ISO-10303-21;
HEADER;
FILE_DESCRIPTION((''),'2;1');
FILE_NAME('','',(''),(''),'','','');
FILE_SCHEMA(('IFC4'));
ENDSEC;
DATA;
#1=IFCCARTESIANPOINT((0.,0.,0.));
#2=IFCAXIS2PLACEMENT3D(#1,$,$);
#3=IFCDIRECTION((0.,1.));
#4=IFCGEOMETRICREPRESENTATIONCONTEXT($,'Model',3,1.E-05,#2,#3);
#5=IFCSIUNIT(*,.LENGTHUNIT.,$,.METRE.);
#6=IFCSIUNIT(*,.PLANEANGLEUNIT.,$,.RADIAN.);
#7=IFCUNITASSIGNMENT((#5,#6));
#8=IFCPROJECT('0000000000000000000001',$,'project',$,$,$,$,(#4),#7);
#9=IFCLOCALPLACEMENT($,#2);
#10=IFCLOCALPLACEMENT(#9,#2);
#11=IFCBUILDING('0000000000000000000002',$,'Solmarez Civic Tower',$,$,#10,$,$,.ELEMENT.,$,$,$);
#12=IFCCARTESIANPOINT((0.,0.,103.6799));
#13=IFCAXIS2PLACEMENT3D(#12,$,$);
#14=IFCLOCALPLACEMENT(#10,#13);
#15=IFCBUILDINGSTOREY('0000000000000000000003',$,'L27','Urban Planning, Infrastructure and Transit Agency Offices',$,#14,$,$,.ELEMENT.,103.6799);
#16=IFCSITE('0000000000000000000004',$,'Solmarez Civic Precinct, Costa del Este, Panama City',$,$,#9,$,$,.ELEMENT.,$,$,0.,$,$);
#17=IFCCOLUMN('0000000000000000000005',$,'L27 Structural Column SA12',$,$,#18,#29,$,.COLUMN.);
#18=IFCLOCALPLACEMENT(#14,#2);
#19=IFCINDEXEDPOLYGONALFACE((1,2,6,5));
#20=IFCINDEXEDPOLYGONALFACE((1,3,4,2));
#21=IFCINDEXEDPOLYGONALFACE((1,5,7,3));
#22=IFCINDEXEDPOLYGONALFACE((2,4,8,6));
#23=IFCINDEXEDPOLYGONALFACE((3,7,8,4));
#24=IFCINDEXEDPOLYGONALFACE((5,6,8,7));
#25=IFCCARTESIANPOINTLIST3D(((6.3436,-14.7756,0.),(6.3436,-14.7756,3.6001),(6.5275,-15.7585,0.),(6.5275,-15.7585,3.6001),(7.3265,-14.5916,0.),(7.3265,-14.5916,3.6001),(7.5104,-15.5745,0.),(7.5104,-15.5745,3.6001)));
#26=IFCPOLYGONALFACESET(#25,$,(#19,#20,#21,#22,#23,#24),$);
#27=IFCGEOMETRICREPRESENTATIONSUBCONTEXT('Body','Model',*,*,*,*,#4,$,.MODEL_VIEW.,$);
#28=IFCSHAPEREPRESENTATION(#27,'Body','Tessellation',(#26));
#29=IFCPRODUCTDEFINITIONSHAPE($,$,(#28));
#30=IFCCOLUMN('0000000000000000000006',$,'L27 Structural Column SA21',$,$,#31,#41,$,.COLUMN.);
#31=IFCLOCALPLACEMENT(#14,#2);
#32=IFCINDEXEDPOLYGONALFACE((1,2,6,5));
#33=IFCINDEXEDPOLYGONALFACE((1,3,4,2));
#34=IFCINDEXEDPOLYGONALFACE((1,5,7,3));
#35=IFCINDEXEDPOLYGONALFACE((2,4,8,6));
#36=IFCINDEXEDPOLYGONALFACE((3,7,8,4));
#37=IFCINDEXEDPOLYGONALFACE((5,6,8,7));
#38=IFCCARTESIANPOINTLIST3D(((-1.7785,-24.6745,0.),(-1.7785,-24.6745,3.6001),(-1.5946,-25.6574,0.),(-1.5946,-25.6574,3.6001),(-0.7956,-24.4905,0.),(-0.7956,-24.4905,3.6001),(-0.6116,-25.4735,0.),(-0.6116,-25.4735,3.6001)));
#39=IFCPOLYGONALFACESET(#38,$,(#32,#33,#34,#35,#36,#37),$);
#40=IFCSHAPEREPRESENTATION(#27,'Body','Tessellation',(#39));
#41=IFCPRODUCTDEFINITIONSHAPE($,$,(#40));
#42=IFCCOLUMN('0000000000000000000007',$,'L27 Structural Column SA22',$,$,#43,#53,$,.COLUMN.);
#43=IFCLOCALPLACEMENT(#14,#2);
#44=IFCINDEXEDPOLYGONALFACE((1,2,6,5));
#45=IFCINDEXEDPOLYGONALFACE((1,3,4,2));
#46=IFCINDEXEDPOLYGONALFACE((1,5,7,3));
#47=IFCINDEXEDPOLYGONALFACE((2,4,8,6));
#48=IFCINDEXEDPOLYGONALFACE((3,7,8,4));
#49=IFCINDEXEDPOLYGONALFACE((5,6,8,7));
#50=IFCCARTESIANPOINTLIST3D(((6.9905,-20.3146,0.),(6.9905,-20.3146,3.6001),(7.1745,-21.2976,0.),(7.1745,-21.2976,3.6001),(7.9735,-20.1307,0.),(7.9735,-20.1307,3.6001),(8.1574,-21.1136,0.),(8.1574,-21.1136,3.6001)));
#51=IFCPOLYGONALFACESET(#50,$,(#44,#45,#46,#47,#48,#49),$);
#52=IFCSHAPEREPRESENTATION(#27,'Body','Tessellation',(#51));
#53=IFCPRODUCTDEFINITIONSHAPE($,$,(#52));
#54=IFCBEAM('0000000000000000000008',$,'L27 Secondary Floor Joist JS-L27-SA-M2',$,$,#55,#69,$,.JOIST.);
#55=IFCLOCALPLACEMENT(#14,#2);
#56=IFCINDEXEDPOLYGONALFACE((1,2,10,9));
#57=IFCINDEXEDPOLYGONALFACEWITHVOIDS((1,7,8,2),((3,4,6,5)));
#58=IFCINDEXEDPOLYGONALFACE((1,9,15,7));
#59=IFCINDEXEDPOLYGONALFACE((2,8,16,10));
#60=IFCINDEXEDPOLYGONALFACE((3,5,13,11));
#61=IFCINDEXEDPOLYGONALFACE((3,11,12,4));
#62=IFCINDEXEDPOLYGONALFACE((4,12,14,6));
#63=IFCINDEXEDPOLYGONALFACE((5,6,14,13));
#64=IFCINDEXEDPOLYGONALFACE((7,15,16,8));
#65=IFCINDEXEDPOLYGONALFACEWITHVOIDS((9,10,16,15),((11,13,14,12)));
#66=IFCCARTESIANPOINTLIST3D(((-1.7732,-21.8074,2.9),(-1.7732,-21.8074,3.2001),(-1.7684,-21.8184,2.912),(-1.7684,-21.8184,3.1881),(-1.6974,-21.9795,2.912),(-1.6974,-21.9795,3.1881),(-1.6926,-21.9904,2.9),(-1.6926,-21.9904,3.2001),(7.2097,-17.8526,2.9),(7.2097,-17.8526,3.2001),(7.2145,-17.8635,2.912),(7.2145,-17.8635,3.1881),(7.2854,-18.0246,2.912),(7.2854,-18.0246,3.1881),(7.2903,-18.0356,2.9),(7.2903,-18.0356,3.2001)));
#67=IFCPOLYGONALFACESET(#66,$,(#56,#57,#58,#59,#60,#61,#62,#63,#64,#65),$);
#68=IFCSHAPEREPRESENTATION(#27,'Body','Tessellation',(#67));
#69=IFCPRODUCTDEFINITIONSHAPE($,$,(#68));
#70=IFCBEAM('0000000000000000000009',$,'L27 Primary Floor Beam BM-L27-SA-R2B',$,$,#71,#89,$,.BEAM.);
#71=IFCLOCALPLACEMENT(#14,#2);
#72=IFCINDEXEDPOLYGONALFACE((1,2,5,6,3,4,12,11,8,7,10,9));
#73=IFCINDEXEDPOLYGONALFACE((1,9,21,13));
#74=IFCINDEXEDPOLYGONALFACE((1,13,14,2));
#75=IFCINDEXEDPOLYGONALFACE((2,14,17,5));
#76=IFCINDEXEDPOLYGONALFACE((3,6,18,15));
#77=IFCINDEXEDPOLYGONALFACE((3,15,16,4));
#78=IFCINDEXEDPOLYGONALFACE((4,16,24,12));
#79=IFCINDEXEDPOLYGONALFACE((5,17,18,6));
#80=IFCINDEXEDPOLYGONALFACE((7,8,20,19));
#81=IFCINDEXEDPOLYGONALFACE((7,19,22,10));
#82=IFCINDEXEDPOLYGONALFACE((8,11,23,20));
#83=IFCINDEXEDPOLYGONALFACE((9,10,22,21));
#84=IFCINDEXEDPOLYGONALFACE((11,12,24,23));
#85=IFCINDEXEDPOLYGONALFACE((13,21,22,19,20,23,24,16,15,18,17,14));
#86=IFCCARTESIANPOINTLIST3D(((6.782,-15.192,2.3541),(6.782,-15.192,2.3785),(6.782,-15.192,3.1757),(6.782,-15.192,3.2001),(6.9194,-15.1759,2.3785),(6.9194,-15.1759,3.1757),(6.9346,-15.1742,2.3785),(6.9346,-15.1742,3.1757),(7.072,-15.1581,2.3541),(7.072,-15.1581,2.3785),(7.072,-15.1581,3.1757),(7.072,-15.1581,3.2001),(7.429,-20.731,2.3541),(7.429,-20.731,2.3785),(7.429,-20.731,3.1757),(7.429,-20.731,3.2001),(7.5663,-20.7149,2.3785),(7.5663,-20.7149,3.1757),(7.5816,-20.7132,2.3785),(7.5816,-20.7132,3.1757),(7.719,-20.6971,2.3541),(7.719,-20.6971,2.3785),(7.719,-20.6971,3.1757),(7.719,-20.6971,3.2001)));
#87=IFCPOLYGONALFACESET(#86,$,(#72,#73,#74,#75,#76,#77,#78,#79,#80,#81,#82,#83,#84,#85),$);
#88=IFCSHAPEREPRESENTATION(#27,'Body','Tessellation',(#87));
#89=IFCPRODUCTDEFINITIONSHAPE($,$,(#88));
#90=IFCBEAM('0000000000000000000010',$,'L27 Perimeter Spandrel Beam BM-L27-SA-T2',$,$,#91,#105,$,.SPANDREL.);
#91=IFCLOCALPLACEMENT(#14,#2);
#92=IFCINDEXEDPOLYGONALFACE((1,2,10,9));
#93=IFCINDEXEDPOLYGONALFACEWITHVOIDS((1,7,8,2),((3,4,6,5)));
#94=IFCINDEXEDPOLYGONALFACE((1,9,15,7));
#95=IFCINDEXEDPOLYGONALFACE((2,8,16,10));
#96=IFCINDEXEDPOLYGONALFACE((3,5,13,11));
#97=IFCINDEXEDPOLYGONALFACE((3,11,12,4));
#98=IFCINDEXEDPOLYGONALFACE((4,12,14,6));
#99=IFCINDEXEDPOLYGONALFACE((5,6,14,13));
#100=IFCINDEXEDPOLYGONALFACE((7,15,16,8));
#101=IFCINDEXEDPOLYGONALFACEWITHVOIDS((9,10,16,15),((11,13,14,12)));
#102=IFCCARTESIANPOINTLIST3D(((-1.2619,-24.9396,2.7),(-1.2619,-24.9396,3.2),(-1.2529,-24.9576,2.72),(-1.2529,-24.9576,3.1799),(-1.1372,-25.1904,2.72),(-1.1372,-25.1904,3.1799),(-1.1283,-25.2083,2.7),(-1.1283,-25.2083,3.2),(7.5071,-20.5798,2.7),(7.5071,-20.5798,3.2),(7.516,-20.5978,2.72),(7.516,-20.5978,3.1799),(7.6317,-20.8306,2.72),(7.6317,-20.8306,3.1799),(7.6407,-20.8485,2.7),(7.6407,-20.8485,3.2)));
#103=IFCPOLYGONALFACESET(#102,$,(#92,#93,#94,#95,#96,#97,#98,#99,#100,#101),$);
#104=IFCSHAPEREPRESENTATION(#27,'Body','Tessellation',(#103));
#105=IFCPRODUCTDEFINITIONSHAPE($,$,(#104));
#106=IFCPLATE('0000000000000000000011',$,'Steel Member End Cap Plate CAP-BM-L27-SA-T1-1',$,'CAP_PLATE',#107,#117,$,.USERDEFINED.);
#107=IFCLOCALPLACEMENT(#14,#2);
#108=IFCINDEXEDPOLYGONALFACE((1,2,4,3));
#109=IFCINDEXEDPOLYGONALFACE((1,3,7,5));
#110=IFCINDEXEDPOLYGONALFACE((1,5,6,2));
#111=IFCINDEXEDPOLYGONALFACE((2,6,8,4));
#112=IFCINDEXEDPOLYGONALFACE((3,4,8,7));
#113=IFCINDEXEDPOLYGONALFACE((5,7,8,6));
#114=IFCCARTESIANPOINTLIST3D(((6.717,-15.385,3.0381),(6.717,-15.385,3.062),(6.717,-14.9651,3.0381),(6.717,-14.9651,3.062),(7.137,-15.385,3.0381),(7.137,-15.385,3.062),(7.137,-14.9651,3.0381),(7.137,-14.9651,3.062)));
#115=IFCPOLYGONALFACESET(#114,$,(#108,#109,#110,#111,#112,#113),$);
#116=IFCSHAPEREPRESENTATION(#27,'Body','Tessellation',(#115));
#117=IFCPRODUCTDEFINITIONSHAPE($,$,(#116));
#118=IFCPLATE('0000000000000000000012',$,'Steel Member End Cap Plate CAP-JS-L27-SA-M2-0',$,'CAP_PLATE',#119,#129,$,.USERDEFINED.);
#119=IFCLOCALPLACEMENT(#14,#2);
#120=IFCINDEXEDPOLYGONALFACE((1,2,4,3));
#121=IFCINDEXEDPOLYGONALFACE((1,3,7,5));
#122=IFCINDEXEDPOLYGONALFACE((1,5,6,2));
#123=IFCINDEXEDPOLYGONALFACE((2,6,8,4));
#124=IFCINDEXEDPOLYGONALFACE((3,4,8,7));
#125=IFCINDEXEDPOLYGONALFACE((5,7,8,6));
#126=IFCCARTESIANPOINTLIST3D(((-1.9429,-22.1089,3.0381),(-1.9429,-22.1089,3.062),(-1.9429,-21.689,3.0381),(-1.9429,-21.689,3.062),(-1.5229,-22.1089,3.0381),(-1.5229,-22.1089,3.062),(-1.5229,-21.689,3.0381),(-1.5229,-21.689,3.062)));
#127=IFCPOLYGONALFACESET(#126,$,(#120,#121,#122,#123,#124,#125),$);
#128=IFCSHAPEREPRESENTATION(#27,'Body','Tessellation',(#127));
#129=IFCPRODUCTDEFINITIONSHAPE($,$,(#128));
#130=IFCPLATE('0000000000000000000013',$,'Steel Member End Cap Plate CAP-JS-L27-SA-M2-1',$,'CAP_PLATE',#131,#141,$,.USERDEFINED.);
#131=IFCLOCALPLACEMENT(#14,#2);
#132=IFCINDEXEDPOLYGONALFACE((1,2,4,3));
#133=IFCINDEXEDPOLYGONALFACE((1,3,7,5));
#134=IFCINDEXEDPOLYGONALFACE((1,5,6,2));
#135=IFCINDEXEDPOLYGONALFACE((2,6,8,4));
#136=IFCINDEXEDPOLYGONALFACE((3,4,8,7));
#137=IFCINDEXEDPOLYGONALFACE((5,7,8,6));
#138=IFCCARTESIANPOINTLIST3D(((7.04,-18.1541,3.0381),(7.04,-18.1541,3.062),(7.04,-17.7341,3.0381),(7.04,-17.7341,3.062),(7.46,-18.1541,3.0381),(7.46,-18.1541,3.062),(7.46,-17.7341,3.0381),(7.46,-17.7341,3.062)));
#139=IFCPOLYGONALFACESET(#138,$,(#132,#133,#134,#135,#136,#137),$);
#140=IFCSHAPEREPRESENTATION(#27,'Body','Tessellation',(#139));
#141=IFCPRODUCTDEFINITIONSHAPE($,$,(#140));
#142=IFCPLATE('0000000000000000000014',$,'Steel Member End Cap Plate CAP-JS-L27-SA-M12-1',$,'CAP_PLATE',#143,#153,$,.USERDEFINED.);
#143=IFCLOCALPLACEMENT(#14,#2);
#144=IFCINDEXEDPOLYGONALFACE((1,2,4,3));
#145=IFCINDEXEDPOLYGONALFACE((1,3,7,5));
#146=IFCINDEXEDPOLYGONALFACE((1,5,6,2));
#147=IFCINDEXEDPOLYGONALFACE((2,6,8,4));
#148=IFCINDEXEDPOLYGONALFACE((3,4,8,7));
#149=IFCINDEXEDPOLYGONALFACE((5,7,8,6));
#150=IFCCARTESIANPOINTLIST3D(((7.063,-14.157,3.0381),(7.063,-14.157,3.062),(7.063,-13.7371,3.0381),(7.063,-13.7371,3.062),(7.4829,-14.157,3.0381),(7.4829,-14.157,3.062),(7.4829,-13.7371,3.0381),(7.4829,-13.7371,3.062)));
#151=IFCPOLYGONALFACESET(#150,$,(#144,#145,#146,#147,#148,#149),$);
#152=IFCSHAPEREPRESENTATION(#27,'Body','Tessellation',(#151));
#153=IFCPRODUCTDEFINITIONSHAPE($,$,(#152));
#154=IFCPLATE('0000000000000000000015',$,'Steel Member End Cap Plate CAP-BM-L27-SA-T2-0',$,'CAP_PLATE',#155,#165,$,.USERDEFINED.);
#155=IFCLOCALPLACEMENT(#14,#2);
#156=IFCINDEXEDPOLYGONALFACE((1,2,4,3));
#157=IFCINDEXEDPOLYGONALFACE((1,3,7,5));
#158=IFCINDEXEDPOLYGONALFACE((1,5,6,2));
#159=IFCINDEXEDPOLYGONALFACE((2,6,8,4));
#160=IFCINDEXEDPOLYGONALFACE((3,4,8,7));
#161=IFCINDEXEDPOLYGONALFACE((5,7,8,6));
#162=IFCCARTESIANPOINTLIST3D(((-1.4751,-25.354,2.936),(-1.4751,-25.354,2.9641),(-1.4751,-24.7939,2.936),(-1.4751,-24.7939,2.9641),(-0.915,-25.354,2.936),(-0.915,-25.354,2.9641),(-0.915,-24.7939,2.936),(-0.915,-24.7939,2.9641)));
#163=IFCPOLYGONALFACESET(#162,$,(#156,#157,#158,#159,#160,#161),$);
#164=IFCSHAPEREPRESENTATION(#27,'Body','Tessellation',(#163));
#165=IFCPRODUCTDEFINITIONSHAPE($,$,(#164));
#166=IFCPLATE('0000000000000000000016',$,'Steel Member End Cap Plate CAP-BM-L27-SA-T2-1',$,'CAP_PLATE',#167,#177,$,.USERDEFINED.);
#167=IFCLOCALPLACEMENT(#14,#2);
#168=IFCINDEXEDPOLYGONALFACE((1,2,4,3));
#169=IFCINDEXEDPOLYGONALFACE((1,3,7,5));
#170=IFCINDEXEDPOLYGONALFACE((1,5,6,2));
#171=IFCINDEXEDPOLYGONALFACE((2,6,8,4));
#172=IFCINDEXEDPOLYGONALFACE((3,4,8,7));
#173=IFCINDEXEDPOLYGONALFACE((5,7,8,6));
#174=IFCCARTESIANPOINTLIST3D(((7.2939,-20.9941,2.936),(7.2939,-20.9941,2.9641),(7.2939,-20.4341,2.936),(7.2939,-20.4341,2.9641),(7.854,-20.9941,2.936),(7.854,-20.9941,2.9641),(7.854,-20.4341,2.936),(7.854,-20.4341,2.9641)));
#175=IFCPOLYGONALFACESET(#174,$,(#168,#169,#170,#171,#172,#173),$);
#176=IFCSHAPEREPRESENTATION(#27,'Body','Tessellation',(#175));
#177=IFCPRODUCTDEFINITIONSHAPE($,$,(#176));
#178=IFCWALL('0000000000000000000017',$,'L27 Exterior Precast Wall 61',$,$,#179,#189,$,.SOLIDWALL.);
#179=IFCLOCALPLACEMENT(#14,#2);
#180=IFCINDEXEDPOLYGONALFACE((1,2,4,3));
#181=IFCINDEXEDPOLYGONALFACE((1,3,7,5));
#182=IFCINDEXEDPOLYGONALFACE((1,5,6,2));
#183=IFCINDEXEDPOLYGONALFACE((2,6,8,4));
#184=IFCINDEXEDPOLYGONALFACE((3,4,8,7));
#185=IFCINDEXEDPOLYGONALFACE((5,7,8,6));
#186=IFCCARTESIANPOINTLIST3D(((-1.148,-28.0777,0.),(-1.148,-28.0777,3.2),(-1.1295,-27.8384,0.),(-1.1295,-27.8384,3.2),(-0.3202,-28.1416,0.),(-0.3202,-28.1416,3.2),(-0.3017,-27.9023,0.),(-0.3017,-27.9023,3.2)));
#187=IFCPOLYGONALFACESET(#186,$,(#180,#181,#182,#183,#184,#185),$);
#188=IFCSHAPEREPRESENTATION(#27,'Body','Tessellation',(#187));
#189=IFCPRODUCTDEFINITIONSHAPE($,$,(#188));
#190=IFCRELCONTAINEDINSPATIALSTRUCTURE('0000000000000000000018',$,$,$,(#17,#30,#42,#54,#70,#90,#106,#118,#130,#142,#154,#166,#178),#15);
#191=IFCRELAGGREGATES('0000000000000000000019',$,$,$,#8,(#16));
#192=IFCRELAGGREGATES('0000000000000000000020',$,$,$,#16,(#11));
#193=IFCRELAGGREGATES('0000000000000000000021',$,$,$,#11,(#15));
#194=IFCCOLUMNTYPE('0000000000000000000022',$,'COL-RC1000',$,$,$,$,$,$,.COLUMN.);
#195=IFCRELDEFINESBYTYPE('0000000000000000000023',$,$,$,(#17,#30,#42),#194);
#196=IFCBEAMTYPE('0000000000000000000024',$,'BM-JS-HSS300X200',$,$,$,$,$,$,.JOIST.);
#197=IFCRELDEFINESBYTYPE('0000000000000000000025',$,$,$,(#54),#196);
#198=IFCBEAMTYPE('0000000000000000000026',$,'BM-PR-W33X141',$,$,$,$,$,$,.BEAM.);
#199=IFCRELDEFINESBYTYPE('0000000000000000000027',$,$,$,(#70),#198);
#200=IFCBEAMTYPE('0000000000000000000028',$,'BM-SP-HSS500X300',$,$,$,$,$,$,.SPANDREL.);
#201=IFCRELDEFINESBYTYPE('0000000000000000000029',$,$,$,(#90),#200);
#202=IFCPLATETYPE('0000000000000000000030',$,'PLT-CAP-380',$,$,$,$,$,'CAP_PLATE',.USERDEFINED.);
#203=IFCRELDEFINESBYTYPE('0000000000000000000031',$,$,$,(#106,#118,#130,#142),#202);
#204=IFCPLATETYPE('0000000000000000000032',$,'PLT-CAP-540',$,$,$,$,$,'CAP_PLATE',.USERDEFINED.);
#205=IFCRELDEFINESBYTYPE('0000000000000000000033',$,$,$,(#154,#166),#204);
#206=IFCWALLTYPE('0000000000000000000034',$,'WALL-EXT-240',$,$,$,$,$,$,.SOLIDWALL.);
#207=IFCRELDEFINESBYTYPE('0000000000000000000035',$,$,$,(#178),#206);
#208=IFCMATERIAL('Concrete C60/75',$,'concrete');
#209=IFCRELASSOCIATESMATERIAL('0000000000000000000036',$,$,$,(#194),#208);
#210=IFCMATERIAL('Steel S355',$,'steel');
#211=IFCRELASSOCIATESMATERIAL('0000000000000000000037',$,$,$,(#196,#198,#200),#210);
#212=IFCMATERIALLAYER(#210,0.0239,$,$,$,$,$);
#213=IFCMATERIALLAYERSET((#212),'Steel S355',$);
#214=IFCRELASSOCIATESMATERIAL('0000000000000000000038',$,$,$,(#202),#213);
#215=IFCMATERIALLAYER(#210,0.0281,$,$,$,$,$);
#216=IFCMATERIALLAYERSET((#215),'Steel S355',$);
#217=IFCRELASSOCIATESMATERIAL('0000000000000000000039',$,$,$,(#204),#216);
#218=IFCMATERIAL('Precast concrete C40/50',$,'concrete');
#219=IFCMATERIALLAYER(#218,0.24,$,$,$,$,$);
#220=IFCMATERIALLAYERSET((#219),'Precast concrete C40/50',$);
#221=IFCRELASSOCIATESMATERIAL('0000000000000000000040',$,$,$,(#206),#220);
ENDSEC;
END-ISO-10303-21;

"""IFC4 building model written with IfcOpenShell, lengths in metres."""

from ifc_helpers import new_model, si_unit, direction, frame, frame_2d, origin, origin_2d, place, context, subcontext, project, spatial, rectangle, hollow_rectangle, i_section, extrude, material, layer, layer_set, material_profile, profile_set, type_object, element, save


model = new_model("IFC4")

# Units and contexts
model_context = context("Model", 3, precision=1e-05, world=origin(), true_north=direction((0.0, 1.0)))
body_context = subcontext(model_context, "Body", "Model", "MODEL_VIEW")
ifc_project = project(units=[si_unit("LENGTHUNIT", "METRE"), si_unit("PLANEANGLEUNIT", "RADIAN")], contexts=[model_context])

# Site, building, storey
site_placement = place(None, origin())
site = spatial("IfcSite", under=ifc_project, at=site_placement, Name="Solmarez Civic Precinct, Costa del Este, Panama City", CompositionType="ELEMENT", RefElevation=0.0)
building_placement = place(site_placement, origin())
building = spatial("IfcBuilding", under=site, at=building_placement, Name="Solmarez Civic Tower", CompositionType="ELEMENT")
storey_placement = place(building_placement, frame((0.0, 0.0, 103.6799)))
storey = spatial("IfcBuildingStorey", under=building, at=storey_placement, Name="L27", Description="Urban Planning, Infrastructure and Transit Agency Offices", CompositionType="ELEMENT", Elevation=103.6799)

# Columns
ifc_material_1 = material(Name="Concrete C60/75", Category="concrete")
ifc_material_profile_1 = material_profile(ifc_material_1, rectangle(XDim=1.0, YDim=1.0, at=origin_2d()), Name="RC1000X1000")
ifc_profile_set_1 = profile_set([ifc_material_profile_1], Name="Concrete C60/75")
column_type = type_object("IfcColumnType", Name="COL-RC1000", PredefinedType="COLUMN", material=ifc_profile_set_1)
for number, where, z_axis, x_axis, name in (
    (1, (6.927, -15.175, 0.0), (0.0, 0.0, 1.0), (0.982935, 0.183951, 0.0), "L27 Structural Column SA12"),
    (2, (-1.1951, -25.074, 0.0), (0.0, 0.0, 1.0), (0.982935, 0.183951, 0.0), "L27 Structural Column SA21"),
    (3, (7.574, -20.7141, 0.0), (0.0, 0.0, 1.0), (0.982935, 0.183951, 0.0), "L27 Structural Column SA22"),
):
    element("IfcColumn", number, at=place(storey_placement, frame(where, z_axis=z_axis, x_axis=x_axis)), inside=storey, type_object=column_type, Name=name, PredefinedType="COLUMN", context=body_context, shape_type="SweptSolid", body=[
        extrude(rectangle(XDim=1.0, YDim=1.0, at=origin_2d()), origin(), (0.0, 0.0, 1.0), 3.6001),
    ])

# Beams
ifc_material_2 = material(Name="Steel S355", Category="steel")
ifc_material_profile_2 = material_profile(ifc_material_2, hollow_rectangle(XDim=0.2, YDim=0.3, WallThickness=0.012, at=origin_2d()), Name="HSS300X200X12")
ifc_profile_set_2 = profile_set([ifc_material_profile_2], Name="Steel S355")
beam_type_1 = type_object("IfcBeamType", Name="BM-JS-HSS300X200", PredefinedType="JOIST", material=ifc_profile_set_2)
beam_1_placement = place(storey_placement, frame((-1.7329, -21.8989, 3.05), z_axis=(0.915227, 0.402939, 0.0), x_axis=(-0.402939, 0.915227, 0.0)))
element("IfcBeam", 4, at=beam_1_placement, inside=storey, type_object=beam_type_1, Name="L27 Secondary Floor Joist JS-L27-SA-M2", PredefinedType="JOIST", context=body_context, shape_type="SweptSolid", body=[
    extrude(hollow_rectangle(XDim=0.2, YDim=0.3, WallThickness=0.012, at=origin_2d()), origin(), (0.0, 0.0, 1.0), 9.8149),
])
ifc_material_profile_3 = material_profile(ifc_material_2, i_section(OverallWidth=0.292, OverallDepth=0.8459, WebThickness=0.0154, FlangeThickness=0.0244, at=origin_2d()), Name="W33X141")
ifc_profile_set_3 = profile_set([ifc_material_profile_3], Name="Steel S355")
beam_type_2 = type_object("IfcBeamType", Name="BM-PR-W33X141", PredefinedType="BEAM", material=ifc_profile_set_3)
beam_2_placement = place(storey_placement, frame((6.927, -15.175, 2.7771), z_axis=(0.116013, -0.993248, 0.0), x_axis=(0.993248, 0.116013, 0.0)))
element("IfcBeam", 5, at=beam_2_placement, inside=storey, type_object=beam_type_2, Name="L27 Primary Floor Beam BM-L27-SA-R2B", PredefinedType="BEAM", context=body_context, shape_type="SweptSolid", body=[
    extrude(i_section(OverallWidth=0.292, OverallDepth=0.8459, WebThickness=0.0154, FlangeThickness=0.0244, at=origin_2d()), origin(), (0.0, 0.0, 1.0), 5.5767),
])
ifc_material_profile_4 = material_profile(ifc_material_2, hollow_rectangle(XDim=0.3, YDim=0.5, WallThickness=0.02, at=origin_2d()), Name="HSS500X300X20")
ifc_profile_set_4 = profile_set([ifc_material_profile_4], Name="Steel S355")
beam_type_3 = type_object("IfcBeamType", Name="BM-SP-HSS500X300", PredefinedType="SPANDREL", material=ifc_profile_set_4)
beam_3_placement = place(storey_placement, frame((-1.1951, -25.074, 2.95), z_axis=(0.895432, 0.445198, 0.0), x_axis=(-0.445198, 0.895432, 0.0)))
element("IfcBeam", 6, at=beam_3_placement, inside=storey, type_object=beam_type_3, Name="L27 Perimeter Spandrel Beam BM-L27-SA-T2", PredefinedType="SPANDREL", context=body_context, shape_type="SweptSolid", body=[
    extrude(hollow_rectangle(XDim=0.3, YDim=0.5, WallThickness=0.02, at=origin_2d()), origin(), (0.0, 0.0, 1.0), 9.793),
])

# Plates
ifc_layer_1 = layer(ifc_material_2, 0.0239)
ifc_layer_set_1 = layer_set([ifc_layer_1], Name="Steel S355")
plate_type_1 = type_object("IfcPlateType", Name="PLT-CAP-380", ElementType="CAP_PLATE", PredefinedType="USERDEFINED", material=ifc_layer_set_1)
for number, where, z_axis, x_axis, name in (
    (7, (6.927, -15.175, 3.0381), (0.0, 0.0, 1.0), (1.0, 0.0, 0.0), "Steel Member End Cap Plate CAP-BM-L27-SA-T1-1"),
    (8, (-1.7329, -21.8989, 3.0381), (0.0, 0.0, 1.0), (1.0, 0.0, 0.0), "Steel Member End Cap Plate CAP-JS-L27-SA-M2-0"),
    (9, (7.25, -17.9441, 3.0381), (0.0, 0.0, 1.0), (1.0, 0.0, 0.0), "Steel Member End Cap Plate CAP-JS-L27-SA-M2-1"),
    (10, (7.2729, -13.947, 3.0381), (0.0, 0.0, 1.0), (1.0, 0.0, 0.0), "Steel Member End Cap Plate CAP-JS-L27-SA-M12-1"),
):
    element("IfcPlate", number, at=place(storey_placement, frame(where, z_axis=z_axis, x_axis=x_axis)), inside=storey, type_object=plate_type_1, Name=name, ObjectType="CAP_PLATE", PredefinedType="USERDEFINED", context=body_context, shape_type="SweptSolid", body=[
        extrude(rectangle(XDim=0.4199, YDim=0.4199, at=origin_2d()), origin(), (0.0, 0.0, 1.0), 0.0239),
    ])
ifc_layer_2 = layer(ifc_material_2, 0.0281)
ifc_layer_set_2 = layer_set([ifc_layer_2], Name="Steel S355")
plate_type_2 = type_object("IfcPlateType", Name="PLT-CAP-540", ElementType="CAP_PLATE", PredefinedType="USERDEFINED", material=ifc_layer_set_2)
for number, where, z_axis, x_axis, name in (
    (11, (-1.1951, -25.074, 2.936), (0.0, 0.0, 1.0), (1.0, 0.0, 0.0), "Steel Member End Cap Plate CAP-BM-L27-SA-T2-0"),
    (12, (7.574, -20.7141, 2.936), (0.0, 0.0, 1.0), (1.0, 0.0, 0.0), "Steel Member End Cap Plate CAP-BM-L27-SA-T2-1"),
):
    element("IfcPlate", number, at=place(storey_placement, frame(where, z_axis=z_axis, x_axis=x_axis)), inside=storey, type_object=plate_type_2, Name=name, ObjectType="CAP_PLATE", PredefinedType="USERDEFINED", context=body_context, shape_type="SweptSolid", body=[
        extrude(rectangle(XDim=0.5601, YDim=0.5601, at=origin_2d()), origin(), (0.0, 0.0, 1.0), 0.0281),
    ])

# Wall
ifc_material_3 = material(Name="Precast concrete C40/50", Category="concrete")
ifc_layer_3 = layer(ifc_material_3, 0.24)
ifc_layer_set_3 = layer_set([ifc_layer_3], Name="Precast concrete C40/50")
wall_type_1 = type_object("IfcWallType", Name="WALL-EXT-240", PredefinedType="SOLIDWALL", material=ifc_layer_set_3)
wall_1_placement = place(storey_placement, frame((-0.311, -28.022, 0.0), z_axis=(0.0, 0.0, 1.0), x_axis=(-0.997028, 0.077034, 0.0)))
element("IfcWall", 13, at=wall_1_placement, inside=storey, type_object=wall_type_1, Name="L27 Exterior Precast Wall 61", PredefinedType="SOLIDWALL", context=body_context, shape_type="SweptSolid", body=[
    extrude(rectangle(XDim=0.8303, YDim=0.24, at=frame_2d((0.415, 0.0))), origin(), (0.0, 0.0, 1.0), 3.2),
])

save(model, "model.ifc")
